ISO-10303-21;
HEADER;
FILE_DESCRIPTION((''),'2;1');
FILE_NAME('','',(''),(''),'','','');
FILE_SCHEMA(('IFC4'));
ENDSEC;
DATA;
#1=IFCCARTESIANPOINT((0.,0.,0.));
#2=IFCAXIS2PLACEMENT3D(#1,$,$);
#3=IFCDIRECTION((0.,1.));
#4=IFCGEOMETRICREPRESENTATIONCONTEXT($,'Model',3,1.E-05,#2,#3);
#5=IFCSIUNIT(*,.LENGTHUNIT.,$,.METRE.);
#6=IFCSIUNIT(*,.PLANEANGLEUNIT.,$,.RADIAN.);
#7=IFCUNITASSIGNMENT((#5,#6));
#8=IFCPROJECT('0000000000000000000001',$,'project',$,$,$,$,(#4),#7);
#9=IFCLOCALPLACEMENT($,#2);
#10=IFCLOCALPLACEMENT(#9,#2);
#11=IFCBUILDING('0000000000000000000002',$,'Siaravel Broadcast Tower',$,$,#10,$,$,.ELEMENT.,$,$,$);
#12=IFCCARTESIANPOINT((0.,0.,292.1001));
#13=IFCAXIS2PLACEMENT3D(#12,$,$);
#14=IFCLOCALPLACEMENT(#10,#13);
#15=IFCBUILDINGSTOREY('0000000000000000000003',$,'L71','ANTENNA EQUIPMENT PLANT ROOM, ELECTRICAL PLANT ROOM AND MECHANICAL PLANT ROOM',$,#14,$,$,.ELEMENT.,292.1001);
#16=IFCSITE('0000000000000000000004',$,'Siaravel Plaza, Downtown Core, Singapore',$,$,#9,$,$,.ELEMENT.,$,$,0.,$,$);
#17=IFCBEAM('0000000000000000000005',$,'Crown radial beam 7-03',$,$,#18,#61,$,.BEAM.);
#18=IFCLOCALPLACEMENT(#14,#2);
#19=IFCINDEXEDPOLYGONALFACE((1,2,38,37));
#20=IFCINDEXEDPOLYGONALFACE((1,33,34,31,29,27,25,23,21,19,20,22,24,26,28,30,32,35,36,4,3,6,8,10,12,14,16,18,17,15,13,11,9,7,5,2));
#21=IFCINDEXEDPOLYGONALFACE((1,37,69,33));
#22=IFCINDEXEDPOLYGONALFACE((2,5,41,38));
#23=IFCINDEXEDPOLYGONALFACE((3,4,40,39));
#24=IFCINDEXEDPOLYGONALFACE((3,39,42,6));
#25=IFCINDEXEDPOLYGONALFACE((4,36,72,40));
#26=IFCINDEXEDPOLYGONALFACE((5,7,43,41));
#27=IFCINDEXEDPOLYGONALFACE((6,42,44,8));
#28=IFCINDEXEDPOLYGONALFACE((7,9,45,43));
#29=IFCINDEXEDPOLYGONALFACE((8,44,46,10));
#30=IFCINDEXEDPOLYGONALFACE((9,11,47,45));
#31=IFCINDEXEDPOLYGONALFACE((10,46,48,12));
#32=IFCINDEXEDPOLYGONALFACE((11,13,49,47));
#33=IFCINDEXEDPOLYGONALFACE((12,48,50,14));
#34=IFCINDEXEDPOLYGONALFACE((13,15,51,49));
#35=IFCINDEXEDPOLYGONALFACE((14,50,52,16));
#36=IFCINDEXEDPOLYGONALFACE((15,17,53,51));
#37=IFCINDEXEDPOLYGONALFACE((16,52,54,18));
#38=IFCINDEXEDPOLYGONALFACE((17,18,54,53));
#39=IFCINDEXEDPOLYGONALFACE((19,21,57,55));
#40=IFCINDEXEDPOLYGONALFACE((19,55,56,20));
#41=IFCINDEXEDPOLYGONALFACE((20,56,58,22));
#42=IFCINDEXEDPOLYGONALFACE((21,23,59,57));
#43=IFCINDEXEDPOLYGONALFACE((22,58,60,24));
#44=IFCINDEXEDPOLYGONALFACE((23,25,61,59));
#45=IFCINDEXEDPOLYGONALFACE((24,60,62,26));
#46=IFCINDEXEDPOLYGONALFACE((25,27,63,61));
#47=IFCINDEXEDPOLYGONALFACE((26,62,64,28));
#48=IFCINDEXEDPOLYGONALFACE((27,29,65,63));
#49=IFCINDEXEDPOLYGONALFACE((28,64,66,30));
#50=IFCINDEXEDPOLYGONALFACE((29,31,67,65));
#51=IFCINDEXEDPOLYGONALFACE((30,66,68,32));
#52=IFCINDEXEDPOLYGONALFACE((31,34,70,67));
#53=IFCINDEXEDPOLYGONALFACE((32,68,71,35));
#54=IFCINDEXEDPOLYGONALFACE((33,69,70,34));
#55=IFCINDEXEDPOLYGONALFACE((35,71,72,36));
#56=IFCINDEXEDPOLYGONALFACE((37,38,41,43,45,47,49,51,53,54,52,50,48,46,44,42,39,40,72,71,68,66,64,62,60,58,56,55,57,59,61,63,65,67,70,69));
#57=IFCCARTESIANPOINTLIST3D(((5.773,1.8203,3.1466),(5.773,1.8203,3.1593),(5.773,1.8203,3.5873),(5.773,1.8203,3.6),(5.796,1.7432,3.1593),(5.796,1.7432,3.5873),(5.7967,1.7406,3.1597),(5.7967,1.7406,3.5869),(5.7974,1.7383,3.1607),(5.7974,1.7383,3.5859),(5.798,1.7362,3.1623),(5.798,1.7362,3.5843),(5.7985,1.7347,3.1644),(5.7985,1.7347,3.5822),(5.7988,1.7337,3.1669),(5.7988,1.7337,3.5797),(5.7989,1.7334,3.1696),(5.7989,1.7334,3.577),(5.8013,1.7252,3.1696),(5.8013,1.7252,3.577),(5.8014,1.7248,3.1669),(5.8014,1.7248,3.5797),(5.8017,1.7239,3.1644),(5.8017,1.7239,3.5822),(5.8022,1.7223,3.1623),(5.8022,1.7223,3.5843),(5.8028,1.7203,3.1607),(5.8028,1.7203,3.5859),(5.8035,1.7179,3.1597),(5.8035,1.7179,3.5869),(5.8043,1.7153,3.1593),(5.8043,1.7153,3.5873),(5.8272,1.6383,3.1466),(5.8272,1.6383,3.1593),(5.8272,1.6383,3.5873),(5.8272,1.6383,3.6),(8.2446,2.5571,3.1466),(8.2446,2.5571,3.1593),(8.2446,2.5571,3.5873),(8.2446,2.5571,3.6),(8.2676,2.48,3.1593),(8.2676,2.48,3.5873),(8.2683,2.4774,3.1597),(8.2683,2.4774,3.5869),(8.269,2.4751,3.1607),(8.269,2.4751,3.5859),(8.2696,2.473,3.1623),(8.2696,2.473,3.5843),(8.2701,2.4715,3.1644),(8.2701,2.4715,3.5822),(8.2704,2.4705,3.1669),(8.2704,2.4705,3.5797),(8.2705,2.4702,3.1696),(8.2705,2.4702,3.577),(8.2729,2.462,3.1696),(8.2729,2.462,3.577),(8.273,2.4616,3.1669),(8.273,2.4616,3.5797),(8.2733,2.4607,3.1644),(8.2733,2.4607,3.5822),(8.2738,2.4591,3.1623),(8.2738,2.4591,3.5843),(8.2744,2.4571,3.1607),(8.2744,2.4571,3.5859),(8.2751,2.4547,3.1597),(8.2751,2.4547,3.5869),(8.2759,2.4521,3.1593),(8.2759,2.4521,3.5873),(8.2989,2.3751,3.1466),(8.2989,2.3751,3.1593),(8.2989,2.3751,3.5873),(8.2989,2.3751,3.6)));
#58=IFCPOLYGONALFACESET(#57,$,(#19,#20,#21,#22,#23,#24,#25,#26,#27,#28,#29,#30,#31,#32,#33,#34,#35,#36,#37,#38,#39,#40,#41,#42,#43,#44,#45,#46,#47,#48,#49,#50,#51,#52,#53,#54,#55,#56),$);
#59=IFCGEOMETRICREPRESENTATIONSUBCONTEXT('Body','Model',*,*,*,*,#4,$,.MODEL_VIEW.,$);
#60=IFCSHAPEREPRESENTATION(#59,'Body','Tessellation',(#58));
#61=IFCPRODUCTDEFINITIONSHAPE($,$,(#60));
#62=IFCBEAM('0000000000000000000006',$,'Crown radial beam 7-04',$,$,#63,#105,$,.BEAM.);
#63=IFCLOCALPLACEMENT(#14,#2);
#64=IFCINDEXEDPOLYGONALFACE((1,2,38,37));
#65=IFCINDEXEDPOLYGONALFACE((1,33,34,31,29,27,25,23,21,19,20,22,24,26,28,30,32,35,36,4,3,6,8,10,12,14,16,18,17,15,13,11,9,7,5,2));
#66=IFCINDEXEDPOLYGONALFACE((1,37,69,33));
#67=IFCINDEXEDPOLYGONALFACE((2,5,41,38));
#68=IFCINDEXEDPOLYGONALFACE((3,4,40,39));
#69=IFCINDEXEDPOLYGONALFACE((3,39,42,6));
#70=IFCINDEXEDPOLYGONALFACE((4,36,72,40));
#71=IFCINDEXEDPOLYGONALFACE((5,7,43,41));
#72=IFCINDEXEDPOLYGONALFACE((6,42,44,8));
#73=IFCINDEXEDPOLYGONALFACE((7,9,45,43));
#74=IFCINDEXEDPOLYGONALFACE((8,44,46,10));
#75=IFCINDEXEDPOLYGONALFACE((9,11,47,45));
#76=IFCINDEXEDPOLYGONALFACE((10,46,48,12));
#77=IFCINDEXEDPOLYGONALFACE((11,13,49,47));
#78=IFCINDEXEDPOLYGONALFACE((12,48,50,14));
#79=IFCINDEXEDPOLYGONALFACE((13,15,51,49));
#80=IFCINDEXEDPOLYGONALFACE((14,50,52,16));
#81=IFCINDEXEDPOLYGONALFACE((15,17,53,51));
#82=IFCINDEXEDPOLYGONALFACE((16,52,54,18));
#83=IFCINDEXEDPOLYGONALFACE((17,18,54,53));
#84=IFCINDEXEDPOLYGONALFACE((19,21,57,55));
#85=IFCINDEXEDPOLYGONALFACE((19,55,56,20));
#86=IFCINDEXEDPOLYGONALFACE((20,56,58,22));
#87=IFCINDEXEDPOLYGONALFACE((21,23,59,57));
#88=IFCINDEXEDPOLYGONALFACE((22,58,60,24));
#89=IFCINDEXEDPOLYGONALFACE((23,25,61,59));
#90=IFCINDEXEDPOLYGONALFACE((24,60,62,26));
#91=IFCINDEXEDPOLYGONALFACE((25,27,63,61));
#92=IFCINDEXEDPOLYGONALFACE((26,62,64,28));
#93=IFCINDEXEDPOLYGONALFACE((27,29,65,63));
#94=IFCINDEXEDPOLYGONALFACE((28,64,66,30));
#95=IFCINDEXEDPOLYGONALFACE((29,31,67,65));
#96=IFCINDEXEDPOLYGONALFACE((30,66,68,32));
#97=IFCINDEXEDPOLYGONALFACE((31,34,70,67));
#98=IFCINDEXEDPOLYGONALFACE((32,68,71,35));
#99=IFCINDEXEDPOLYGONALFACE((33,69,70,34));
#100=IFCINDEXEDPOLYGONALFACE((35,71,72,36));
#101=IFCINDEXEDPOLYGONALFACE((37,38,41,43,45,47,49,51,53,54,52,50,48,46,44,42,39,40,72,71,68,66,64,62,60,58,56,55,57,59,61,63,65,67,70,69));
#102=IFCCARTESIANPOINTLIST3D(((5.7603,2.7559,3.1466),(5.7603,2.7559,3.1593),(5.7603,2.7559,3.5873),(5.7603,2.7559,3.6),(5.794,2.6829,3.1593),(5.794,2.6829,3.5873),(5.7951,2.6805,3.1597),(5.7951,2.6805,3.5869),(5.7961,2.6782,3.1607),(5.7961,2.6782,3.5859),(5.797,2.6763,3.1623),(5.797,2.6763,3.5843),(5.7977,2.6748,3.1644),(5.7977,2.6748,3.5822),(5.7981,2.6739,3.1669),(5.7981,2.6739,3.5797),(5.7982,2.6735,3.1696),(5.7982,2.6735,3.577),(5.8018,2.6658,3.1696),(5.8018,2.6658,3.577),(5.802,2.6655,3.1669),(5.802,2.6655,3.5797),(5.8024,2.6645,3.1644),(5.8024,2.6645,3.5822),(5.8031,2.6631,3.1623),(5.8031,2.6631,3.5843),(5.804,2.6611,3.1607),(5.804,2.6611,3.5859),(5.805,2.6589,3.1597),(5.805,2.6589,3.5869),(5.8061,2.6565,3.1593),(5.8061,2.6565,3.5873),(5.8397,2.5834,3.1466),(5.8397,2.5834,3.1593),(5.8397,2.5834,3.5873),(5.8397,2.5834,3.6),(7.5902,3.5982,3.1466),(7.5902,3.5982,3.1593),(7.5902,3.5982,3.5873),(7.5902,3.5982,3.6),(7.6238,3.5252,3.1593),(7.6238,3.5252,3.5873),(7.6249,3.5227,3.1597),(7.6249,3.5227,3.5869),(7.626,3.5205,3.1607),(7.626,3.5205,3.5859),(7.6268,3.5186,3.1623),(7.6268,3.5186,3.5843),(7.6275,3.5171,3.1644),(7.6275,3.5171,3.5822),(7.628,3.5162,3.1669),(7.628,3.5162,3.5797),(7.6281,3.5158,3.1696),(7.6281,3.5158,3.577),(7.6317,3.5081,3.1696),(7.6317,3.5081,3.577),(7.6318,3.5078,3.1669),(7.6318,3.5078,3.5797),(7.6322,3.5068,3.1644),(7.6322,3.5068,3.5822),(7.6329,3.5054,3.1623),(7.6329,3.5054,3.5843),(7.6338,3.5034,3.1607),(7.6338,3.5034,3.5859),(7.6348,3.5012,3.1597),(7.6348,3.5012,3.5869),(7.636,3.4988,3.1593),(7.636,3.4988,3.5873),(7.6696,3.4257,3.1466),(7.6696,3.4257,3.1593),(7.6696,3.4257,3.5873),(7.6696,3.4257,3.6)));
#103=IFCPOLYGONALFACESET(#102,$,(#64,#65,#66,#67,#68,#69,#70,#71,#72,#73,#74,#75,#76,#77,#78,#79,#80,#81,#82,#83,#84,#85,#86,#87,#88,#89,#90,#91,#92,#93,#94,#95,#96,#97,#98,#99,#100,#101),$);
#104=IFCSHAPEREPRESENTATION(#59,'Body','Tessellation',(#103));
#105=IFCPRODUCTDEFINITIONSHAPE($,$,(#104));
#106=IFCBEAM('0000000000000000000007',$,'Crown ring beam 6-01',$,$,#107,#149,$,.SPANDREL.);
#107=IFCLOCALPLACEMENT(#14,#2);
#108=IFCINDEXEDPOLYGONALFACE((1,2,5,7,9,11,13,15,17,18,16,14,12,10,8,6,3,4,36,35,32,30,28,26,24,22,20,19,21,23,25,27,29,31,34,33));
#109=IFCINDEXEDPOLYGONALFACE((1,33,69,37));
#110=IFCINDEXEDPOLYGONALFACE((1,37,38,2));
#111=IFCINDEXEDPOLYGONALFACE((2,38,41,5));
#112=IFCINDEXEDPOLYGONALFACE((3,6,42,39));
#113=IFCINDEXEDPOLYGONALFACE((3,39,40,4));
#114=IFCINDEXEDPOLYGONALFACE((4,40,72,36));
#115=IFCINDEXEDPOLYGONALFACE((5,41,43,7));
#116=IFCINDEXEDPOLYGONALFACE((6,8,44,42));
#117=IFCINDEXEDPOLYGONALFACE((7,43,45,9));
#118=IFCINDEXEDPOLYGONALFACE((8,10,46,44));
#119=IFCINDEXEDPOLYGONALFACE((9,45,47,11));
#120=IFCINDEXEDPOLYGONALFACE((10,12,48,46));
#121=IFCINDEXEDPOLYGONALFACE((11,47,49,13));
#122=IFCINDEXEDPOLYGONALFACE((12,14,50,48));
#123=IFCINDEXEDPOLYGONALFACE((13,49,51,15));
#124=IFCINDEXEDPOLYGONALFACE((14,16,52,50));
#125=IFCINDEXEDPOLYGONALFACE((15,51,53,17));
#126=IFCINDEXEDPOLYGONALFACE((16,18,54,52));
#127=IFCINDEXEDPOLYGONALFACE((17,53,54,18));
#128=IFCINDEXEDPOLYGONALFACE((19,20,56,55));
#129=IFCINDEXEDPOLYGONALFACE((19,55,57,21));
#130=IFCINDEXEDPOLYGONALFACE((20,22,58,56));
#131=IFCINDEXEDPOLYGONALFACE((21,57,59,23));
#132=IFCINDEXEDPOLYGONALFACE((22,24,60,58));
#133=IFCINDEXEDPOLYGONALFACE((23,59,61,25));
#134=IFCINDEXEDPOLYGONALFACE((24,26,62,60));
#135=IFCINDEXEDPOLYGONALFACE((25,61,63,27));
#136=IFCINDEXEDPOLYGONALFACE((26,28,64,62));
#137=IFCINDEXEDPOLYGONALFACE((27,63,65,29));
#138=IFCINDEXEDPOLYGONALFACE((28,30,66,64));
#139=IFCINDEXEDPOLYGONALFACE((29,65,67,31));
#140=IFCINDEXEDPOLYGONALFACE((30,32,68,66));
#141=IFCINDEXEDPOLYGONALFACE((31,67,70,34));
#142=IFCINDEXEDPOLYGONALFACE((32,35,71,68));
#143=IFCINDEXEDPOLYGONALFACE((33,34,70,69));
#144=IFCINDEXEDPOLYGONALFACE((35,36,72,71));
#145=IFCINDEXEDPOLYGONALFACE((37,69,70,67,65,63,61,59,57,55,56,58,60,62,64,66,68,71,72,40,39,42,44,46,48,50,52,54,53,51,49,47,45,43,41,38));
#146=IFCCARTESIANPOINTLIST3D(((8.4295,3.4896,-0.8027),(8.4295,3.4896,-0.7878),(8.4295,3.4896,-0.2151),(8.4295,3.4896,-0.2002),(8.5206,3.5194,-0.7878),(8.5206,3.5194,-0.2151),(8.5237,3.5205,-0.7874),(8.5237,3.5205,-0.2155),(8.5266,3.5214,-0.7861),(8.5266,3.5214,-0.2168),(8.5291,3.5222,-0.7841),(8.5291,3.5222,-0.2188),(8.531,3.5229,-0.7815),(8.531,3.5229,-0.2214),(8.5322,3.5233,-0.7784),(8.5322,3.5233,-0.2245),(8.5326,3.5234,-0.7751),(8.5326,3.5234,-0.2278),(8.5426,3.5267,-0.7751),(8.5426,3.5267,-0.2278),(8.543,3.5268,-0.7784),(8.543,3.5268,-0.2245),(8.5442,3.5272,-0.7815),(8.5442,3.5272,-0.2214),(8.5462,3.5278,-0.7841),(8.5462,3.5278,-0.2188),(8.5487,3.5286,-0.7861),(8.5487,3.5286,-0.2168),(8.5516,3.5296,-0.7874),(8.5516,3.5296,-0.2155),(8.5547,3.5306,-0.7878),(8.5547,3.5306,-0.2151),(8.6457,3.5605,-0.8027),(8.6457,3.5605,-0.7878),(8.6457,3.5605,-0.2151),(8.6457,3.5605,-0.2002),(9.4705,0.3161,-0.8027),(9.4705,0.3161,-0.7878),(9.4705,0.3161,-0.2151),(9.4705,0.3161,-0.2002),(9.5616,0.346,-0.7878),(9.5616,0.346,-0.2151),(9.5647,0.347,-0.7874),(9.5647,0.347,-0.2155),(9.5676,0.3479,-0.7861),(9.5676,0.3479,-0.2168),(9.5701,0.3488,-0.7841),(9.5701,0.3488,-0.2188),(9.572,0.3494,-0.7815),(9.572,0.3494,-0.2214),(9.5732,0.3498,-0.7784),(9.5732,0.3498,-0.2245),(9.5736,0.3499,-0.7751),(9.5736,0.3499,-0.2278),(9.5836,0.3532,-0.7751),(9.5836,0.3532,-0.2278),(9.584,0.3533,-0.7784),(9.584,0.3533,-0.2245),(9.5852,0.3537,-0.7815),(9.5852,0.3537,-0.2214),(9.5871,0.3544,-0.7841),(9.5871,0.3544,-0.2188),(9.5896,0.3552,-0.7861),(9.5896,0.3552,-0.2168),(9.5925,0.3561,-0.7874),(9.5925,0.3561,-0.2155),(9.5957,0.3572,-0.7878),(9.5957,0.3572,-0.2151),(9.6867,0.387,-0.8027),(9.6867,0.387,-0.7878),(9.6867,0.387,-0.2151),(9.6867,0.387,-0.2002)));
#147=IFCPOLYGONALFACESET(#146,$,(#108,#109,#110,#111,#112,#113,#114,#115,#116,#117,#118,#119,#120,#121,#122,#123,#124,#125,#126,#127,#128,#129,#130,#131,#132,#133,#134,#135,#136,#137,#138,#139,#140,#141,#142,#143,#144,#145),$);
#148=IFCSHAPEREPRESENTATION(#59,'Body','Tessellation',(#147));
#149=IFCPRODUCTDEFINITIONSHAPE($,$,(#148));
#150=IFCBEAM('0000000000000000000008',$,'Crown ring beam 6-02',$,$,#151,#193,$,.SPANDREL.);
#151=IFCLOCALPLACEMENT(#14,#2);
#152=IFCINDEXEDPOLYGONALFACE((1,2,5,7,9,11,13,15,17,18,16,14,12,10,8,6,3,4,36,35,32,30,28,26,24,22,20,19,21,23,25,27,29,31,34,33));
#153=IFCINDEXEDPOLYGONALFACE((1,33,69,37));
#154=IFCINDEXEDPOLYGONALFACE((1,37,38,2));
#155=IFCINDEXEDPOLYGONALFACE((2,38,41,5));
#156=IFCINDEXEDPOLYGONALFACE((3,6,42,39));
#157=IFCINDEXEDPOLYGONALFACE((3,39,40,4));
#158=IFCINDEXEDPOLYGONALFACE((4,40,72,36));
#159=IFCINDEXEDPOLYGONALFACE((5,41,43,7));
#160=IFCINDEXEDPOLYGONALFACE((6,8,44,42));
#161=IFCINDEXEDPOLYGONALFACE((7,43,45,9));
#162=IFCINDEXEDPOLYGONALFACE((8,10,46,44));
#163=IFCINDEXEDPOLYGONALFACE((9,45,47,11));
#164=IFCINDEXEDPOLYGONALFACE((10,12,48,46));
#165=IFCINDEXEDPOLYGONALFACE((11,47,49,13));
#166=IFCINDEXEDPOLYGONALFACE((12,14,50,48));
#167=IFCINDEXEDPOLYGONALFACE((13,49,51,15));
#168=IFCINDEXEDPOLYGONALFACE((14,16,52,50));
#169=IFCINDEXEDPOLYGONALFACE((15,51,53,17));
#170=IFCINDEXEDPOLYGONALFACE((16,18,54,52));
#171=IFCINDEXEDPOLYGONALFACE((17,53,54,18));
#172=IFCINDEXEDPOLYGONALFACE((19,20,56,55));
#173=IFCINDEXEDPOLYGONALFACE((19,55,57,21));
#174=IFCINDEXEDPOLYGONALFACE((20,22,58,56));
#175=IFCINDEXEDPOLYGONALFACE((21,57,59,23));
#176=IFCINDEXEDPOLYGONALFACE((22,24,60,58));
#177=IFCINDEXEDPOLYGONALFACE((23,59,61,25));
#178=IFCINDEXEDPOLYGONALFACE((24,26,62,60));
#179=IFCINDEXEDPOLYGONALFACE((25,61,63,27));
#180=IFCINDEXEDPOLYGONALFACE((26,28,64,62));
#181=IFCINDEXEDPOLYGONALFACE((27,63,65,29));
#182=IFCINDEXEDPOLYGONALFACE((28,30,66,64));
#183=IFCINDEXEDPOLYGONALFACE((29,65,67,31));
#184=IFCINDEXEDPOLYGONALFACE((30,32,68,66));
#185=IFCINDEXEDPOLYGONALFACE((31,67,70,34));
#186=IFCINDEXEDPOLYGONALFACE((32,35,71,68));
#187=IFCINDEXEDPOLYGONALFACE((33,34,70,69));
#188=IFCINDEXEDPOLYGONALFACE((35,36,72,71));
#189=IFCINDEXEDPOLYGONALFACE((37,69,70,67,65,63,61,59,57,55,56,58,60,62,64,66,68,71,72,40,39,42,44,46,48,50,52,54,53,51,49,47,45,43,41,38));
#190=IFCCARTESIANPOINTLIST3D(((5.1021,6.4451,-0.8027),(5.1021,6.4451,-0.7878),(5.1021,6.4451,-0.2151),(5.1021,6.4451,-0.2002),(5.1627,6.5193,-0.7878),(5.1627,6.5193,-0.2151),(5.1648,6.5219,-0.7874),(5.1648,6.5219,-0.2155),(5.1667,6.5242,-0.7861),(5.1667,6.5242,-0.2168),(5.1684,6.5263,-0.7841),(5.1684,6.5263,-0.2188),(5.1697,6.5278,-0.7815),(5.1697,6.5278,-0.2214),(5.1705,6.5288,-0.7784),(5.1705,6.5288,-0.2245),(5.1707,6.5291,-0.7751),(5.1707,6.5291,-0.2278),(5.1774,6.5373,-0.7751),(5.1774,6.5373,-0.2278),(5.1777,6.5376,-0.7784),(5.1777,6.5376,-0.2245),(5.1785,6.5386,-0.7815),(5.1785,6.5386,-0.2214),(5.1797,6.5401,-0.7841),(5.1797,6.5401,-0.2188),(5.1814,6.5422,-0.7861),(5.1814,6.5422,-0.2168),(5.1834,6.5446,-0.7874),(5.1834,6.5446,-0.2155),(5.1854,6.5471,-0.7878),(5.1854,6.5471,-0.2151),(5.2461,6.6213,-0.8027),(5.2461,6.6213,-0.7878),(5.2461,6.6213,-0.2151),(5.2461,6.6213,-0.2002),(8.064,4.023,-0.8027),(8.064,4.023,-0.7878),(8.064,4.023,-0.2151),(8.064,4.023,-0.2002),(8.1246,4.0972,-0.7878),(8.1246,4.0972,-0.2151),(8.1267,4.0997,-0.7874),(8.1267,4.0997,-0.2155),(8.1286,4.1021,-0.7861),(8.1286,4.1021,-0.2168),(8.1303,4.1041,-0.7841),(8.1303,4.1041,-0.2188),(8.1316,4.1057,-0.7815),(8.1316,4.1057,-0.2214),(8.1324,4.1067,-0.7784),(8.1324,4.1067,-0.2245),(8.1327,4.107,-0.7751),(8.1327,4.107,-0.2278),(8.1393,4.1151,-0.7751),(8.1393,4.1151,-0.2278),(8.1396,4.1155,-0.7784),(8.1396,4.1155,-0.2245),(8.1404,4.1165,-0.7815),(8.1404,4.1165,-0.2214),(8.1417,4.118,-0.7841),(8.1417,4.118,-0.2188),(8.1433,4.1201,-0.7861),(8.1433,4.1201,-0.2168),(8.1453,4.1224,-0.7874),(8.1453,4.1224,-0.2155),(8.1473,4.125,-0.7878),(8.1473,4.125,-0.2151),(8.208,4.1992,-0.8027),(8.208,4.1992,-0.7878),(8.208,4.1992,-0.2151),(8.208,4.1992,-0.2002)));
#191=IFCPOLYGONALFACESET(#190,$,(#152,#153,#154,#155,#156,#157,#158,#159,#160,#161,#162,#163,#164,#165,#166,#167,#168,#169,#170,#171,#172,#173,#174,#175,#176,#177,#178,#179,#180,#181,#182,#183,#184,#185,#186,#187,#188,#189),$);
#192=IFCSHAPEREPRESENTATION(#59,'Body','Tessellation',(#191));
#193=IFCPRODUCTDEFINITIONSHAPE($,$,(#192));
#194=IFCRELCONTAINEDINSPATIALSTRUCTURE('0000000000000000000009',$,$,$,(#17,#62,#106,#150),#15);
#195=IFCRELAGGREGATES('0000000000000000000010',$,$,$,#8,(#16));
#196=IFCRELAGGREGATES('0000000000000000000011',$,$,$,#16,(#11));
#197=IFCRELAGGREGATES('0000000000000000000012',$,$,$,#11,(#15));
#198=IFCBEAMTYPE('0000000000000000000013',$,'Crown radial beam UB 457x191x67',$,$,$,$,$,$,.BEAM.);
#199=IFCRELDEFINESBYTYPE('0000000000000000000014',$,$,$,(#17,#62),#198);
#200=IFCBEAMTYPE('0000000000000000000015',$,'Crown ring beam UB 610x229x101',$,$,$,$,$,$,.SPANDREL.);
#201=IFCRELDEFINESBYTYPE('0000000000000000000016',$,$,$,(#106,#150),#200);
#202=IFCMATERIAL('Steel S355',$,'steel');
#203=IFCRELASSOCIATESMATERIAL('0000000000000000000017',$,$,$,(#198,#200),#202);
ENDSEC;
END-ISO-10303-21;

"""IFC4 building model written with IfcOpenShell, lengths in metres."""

from ifc_helpers import new_model, si_unit, direction, frame, origin, origin_2d, place, context, subcontext, project, spatial, i_section, extrude, material, material_profile, profile_set, type_object, element, save


model = new_model("IFC4")

# Units and contexts
model_context = context("Model", 3, precision=1e-05, world=origin(), true_north=direction((0.0, 1.0)))
body_context = subcontext(model_context, "Body", "Model", "MODEL_VIEW")
ifc_project = project(units=[si_unit("LENGTHUNIT", "METRE"), si_unit("PLANEANGLEUNIT", "RADIAN")], contexts=[model_context])

# Site, building, storey
site_placement = place(None, origin())
site = spatial("IfcSite", under=ifc_project, at=site_placement, Name="Siaravel Plaza, Downtown Core, Singapore", CompositionType="ELEMENT", RefElevation=0.0)
building_placement = place(site_placement, origin())
building = spatial("IfcBuilding", under=site, at=building_placement, Name="Siaravel Broadcast Tower", CompositionType="ELEMENT")
storey_placement = place(building_placement, frame((0.0, 0.0, 292.1001)))
storey = spatial("IfcBuildingStorey", under=building, at=storey_placement, Name="L71", Description="ANTENNA EQUIPMENT PLANT ROOM, ELECTRICAL PLANT ROOM AND MECHANICAL PLANT ROOM", CompositionType="ELEMENT", Elevation=292.1001)

# Beams
ifc_material_1 = material(Name="Steel S355", Category="steel")
ifc_material_profile_1 = material_profile(ifc_material_1, i_section(OverallWidth=0.1899, OverallDepth=0.4534, WebThickness=0.0085, FlangeThickness=0.0127, FilletRadius=0.0103, at=origin_2d()))
ifc_profile_set_1 = profile_set([ifc_material_profile_1], Name="Steel S355")
beam_type_1 = type_object("IfcBeamType", Name="Crown radial beam UB 457x191x67", PredefinedType="BEAM", material=ifc_profile_set_1)
beam_1_placement = place(storey_placement, frame((8.2717, 2.4661, 3.3733), z_axis=(-0.958325, -0.28568, 0.0), x_axis=(0.28568, -0.958325, 0.0)))
element("IfcBeam", 1, at=beam_1_placement, inside=storey, type_object=beam_type_1, Name="Crown radial beam 7-03", PredefinedType="BEAM", context=body_context, shape_type="SweptSolid", body=[
    extrude(i_section(OverallWidth=0.1899, OverallDepth=0.4534, WebThickness=0.0085, FlangeThickness=0.0127, FilletRadius=0.0103, at=origin_2d()), origin(), (0.0, 0.0, 1.0), 2.5791),
])
beam_2_placement = place(storey_placement, frame((7.6299, 3.512, 3.3733), z_axis=(-0.908385, -0.418136, 0.0), x_axis=(0.418136, -0.908385, 0.0)))
element("IfcBeam", 2, at=beam_2_placement, inside=storey, type_object=beam_type_1, Name="Crown radial beam 7-04", PredefinedType="BEAM", context=body_context, shape_type="SweptSolid", body=[
    extrude(i_section(OverallWidth=0.1899, OverallDepth=0.4534, WebThickness=0.0085, FlangeThickness=0.0127, FilletRadius=0.0103, at=origin_2d()), origin(), (0.0, 0.0, 1.0), 2.0144),
])
ifc_material_profile_2 = material_profile(ifc_material_1, i_section(OverallWidth=0.2275, OverallDepth=0.6025, WebThickness=0.0105, FlangeThickness=0.0149, FilletRadius=0.0127, at=origin_2d()))
ifc_profile_set_2 = profile_set([ifc_material_profile_2], Name="Steel S355")
beam_type_2 = type_object("IfcBeamType", Name="Crown ring beam UB 610x229x101", PredefinedType="SPANDREL", material=ifc_profile_set_2)
beam_3_placement = place(storey_placement, frame((9.5786, 0.3516, -0.5015), z_axis=(-0.311685, 0.950186, 0.0), x_axis=(-0.950186, -0.311685, 0.0)))
element("IfcBeam", 3, at=beam_3_placement, inside=storey, type_object=beam_type_2, Name="Crown ring beam 6-01", PredefinedType="SPANDREL", context=body_context, shape_type="SweptSolid", body=[
    extrude(i_section(OverallWidth=0.2275, OverallDepth=0.6025, WebThickness=0.0105, FlangeThickness=0.0149, FilletRadius=0.0127, at=origin_2d()), origin(), (0.0, 0.0, 1.0), 3.3398),
])
beam_4_placement = place(storey_placement, frame((8.136, 4.1111, -0.5015), z_axis=(-0.774119, 0.63304, 0.0), x_axis=(-0.63304, -0.774119, 0.0)))
element("IfcBeam", 4, at=beam_4_placement, inside=storey, type_object=beam_type_2, Name="Crown ring beam 6-02", PredefinedType="SPANDREL", context=body_context, shape_type="SweptSolid", body=[
    extrude(i_section(OverallWidth=0.2275, OverallDepth=0.6025, WebThickness=0.0105, FlangeThickness=0.0149, FilletRadius=0.0127, at=origin_2d()), origin(), (0.0, 0.0, 1.0), 3.8262),
])

save(model, "model.ifc")
